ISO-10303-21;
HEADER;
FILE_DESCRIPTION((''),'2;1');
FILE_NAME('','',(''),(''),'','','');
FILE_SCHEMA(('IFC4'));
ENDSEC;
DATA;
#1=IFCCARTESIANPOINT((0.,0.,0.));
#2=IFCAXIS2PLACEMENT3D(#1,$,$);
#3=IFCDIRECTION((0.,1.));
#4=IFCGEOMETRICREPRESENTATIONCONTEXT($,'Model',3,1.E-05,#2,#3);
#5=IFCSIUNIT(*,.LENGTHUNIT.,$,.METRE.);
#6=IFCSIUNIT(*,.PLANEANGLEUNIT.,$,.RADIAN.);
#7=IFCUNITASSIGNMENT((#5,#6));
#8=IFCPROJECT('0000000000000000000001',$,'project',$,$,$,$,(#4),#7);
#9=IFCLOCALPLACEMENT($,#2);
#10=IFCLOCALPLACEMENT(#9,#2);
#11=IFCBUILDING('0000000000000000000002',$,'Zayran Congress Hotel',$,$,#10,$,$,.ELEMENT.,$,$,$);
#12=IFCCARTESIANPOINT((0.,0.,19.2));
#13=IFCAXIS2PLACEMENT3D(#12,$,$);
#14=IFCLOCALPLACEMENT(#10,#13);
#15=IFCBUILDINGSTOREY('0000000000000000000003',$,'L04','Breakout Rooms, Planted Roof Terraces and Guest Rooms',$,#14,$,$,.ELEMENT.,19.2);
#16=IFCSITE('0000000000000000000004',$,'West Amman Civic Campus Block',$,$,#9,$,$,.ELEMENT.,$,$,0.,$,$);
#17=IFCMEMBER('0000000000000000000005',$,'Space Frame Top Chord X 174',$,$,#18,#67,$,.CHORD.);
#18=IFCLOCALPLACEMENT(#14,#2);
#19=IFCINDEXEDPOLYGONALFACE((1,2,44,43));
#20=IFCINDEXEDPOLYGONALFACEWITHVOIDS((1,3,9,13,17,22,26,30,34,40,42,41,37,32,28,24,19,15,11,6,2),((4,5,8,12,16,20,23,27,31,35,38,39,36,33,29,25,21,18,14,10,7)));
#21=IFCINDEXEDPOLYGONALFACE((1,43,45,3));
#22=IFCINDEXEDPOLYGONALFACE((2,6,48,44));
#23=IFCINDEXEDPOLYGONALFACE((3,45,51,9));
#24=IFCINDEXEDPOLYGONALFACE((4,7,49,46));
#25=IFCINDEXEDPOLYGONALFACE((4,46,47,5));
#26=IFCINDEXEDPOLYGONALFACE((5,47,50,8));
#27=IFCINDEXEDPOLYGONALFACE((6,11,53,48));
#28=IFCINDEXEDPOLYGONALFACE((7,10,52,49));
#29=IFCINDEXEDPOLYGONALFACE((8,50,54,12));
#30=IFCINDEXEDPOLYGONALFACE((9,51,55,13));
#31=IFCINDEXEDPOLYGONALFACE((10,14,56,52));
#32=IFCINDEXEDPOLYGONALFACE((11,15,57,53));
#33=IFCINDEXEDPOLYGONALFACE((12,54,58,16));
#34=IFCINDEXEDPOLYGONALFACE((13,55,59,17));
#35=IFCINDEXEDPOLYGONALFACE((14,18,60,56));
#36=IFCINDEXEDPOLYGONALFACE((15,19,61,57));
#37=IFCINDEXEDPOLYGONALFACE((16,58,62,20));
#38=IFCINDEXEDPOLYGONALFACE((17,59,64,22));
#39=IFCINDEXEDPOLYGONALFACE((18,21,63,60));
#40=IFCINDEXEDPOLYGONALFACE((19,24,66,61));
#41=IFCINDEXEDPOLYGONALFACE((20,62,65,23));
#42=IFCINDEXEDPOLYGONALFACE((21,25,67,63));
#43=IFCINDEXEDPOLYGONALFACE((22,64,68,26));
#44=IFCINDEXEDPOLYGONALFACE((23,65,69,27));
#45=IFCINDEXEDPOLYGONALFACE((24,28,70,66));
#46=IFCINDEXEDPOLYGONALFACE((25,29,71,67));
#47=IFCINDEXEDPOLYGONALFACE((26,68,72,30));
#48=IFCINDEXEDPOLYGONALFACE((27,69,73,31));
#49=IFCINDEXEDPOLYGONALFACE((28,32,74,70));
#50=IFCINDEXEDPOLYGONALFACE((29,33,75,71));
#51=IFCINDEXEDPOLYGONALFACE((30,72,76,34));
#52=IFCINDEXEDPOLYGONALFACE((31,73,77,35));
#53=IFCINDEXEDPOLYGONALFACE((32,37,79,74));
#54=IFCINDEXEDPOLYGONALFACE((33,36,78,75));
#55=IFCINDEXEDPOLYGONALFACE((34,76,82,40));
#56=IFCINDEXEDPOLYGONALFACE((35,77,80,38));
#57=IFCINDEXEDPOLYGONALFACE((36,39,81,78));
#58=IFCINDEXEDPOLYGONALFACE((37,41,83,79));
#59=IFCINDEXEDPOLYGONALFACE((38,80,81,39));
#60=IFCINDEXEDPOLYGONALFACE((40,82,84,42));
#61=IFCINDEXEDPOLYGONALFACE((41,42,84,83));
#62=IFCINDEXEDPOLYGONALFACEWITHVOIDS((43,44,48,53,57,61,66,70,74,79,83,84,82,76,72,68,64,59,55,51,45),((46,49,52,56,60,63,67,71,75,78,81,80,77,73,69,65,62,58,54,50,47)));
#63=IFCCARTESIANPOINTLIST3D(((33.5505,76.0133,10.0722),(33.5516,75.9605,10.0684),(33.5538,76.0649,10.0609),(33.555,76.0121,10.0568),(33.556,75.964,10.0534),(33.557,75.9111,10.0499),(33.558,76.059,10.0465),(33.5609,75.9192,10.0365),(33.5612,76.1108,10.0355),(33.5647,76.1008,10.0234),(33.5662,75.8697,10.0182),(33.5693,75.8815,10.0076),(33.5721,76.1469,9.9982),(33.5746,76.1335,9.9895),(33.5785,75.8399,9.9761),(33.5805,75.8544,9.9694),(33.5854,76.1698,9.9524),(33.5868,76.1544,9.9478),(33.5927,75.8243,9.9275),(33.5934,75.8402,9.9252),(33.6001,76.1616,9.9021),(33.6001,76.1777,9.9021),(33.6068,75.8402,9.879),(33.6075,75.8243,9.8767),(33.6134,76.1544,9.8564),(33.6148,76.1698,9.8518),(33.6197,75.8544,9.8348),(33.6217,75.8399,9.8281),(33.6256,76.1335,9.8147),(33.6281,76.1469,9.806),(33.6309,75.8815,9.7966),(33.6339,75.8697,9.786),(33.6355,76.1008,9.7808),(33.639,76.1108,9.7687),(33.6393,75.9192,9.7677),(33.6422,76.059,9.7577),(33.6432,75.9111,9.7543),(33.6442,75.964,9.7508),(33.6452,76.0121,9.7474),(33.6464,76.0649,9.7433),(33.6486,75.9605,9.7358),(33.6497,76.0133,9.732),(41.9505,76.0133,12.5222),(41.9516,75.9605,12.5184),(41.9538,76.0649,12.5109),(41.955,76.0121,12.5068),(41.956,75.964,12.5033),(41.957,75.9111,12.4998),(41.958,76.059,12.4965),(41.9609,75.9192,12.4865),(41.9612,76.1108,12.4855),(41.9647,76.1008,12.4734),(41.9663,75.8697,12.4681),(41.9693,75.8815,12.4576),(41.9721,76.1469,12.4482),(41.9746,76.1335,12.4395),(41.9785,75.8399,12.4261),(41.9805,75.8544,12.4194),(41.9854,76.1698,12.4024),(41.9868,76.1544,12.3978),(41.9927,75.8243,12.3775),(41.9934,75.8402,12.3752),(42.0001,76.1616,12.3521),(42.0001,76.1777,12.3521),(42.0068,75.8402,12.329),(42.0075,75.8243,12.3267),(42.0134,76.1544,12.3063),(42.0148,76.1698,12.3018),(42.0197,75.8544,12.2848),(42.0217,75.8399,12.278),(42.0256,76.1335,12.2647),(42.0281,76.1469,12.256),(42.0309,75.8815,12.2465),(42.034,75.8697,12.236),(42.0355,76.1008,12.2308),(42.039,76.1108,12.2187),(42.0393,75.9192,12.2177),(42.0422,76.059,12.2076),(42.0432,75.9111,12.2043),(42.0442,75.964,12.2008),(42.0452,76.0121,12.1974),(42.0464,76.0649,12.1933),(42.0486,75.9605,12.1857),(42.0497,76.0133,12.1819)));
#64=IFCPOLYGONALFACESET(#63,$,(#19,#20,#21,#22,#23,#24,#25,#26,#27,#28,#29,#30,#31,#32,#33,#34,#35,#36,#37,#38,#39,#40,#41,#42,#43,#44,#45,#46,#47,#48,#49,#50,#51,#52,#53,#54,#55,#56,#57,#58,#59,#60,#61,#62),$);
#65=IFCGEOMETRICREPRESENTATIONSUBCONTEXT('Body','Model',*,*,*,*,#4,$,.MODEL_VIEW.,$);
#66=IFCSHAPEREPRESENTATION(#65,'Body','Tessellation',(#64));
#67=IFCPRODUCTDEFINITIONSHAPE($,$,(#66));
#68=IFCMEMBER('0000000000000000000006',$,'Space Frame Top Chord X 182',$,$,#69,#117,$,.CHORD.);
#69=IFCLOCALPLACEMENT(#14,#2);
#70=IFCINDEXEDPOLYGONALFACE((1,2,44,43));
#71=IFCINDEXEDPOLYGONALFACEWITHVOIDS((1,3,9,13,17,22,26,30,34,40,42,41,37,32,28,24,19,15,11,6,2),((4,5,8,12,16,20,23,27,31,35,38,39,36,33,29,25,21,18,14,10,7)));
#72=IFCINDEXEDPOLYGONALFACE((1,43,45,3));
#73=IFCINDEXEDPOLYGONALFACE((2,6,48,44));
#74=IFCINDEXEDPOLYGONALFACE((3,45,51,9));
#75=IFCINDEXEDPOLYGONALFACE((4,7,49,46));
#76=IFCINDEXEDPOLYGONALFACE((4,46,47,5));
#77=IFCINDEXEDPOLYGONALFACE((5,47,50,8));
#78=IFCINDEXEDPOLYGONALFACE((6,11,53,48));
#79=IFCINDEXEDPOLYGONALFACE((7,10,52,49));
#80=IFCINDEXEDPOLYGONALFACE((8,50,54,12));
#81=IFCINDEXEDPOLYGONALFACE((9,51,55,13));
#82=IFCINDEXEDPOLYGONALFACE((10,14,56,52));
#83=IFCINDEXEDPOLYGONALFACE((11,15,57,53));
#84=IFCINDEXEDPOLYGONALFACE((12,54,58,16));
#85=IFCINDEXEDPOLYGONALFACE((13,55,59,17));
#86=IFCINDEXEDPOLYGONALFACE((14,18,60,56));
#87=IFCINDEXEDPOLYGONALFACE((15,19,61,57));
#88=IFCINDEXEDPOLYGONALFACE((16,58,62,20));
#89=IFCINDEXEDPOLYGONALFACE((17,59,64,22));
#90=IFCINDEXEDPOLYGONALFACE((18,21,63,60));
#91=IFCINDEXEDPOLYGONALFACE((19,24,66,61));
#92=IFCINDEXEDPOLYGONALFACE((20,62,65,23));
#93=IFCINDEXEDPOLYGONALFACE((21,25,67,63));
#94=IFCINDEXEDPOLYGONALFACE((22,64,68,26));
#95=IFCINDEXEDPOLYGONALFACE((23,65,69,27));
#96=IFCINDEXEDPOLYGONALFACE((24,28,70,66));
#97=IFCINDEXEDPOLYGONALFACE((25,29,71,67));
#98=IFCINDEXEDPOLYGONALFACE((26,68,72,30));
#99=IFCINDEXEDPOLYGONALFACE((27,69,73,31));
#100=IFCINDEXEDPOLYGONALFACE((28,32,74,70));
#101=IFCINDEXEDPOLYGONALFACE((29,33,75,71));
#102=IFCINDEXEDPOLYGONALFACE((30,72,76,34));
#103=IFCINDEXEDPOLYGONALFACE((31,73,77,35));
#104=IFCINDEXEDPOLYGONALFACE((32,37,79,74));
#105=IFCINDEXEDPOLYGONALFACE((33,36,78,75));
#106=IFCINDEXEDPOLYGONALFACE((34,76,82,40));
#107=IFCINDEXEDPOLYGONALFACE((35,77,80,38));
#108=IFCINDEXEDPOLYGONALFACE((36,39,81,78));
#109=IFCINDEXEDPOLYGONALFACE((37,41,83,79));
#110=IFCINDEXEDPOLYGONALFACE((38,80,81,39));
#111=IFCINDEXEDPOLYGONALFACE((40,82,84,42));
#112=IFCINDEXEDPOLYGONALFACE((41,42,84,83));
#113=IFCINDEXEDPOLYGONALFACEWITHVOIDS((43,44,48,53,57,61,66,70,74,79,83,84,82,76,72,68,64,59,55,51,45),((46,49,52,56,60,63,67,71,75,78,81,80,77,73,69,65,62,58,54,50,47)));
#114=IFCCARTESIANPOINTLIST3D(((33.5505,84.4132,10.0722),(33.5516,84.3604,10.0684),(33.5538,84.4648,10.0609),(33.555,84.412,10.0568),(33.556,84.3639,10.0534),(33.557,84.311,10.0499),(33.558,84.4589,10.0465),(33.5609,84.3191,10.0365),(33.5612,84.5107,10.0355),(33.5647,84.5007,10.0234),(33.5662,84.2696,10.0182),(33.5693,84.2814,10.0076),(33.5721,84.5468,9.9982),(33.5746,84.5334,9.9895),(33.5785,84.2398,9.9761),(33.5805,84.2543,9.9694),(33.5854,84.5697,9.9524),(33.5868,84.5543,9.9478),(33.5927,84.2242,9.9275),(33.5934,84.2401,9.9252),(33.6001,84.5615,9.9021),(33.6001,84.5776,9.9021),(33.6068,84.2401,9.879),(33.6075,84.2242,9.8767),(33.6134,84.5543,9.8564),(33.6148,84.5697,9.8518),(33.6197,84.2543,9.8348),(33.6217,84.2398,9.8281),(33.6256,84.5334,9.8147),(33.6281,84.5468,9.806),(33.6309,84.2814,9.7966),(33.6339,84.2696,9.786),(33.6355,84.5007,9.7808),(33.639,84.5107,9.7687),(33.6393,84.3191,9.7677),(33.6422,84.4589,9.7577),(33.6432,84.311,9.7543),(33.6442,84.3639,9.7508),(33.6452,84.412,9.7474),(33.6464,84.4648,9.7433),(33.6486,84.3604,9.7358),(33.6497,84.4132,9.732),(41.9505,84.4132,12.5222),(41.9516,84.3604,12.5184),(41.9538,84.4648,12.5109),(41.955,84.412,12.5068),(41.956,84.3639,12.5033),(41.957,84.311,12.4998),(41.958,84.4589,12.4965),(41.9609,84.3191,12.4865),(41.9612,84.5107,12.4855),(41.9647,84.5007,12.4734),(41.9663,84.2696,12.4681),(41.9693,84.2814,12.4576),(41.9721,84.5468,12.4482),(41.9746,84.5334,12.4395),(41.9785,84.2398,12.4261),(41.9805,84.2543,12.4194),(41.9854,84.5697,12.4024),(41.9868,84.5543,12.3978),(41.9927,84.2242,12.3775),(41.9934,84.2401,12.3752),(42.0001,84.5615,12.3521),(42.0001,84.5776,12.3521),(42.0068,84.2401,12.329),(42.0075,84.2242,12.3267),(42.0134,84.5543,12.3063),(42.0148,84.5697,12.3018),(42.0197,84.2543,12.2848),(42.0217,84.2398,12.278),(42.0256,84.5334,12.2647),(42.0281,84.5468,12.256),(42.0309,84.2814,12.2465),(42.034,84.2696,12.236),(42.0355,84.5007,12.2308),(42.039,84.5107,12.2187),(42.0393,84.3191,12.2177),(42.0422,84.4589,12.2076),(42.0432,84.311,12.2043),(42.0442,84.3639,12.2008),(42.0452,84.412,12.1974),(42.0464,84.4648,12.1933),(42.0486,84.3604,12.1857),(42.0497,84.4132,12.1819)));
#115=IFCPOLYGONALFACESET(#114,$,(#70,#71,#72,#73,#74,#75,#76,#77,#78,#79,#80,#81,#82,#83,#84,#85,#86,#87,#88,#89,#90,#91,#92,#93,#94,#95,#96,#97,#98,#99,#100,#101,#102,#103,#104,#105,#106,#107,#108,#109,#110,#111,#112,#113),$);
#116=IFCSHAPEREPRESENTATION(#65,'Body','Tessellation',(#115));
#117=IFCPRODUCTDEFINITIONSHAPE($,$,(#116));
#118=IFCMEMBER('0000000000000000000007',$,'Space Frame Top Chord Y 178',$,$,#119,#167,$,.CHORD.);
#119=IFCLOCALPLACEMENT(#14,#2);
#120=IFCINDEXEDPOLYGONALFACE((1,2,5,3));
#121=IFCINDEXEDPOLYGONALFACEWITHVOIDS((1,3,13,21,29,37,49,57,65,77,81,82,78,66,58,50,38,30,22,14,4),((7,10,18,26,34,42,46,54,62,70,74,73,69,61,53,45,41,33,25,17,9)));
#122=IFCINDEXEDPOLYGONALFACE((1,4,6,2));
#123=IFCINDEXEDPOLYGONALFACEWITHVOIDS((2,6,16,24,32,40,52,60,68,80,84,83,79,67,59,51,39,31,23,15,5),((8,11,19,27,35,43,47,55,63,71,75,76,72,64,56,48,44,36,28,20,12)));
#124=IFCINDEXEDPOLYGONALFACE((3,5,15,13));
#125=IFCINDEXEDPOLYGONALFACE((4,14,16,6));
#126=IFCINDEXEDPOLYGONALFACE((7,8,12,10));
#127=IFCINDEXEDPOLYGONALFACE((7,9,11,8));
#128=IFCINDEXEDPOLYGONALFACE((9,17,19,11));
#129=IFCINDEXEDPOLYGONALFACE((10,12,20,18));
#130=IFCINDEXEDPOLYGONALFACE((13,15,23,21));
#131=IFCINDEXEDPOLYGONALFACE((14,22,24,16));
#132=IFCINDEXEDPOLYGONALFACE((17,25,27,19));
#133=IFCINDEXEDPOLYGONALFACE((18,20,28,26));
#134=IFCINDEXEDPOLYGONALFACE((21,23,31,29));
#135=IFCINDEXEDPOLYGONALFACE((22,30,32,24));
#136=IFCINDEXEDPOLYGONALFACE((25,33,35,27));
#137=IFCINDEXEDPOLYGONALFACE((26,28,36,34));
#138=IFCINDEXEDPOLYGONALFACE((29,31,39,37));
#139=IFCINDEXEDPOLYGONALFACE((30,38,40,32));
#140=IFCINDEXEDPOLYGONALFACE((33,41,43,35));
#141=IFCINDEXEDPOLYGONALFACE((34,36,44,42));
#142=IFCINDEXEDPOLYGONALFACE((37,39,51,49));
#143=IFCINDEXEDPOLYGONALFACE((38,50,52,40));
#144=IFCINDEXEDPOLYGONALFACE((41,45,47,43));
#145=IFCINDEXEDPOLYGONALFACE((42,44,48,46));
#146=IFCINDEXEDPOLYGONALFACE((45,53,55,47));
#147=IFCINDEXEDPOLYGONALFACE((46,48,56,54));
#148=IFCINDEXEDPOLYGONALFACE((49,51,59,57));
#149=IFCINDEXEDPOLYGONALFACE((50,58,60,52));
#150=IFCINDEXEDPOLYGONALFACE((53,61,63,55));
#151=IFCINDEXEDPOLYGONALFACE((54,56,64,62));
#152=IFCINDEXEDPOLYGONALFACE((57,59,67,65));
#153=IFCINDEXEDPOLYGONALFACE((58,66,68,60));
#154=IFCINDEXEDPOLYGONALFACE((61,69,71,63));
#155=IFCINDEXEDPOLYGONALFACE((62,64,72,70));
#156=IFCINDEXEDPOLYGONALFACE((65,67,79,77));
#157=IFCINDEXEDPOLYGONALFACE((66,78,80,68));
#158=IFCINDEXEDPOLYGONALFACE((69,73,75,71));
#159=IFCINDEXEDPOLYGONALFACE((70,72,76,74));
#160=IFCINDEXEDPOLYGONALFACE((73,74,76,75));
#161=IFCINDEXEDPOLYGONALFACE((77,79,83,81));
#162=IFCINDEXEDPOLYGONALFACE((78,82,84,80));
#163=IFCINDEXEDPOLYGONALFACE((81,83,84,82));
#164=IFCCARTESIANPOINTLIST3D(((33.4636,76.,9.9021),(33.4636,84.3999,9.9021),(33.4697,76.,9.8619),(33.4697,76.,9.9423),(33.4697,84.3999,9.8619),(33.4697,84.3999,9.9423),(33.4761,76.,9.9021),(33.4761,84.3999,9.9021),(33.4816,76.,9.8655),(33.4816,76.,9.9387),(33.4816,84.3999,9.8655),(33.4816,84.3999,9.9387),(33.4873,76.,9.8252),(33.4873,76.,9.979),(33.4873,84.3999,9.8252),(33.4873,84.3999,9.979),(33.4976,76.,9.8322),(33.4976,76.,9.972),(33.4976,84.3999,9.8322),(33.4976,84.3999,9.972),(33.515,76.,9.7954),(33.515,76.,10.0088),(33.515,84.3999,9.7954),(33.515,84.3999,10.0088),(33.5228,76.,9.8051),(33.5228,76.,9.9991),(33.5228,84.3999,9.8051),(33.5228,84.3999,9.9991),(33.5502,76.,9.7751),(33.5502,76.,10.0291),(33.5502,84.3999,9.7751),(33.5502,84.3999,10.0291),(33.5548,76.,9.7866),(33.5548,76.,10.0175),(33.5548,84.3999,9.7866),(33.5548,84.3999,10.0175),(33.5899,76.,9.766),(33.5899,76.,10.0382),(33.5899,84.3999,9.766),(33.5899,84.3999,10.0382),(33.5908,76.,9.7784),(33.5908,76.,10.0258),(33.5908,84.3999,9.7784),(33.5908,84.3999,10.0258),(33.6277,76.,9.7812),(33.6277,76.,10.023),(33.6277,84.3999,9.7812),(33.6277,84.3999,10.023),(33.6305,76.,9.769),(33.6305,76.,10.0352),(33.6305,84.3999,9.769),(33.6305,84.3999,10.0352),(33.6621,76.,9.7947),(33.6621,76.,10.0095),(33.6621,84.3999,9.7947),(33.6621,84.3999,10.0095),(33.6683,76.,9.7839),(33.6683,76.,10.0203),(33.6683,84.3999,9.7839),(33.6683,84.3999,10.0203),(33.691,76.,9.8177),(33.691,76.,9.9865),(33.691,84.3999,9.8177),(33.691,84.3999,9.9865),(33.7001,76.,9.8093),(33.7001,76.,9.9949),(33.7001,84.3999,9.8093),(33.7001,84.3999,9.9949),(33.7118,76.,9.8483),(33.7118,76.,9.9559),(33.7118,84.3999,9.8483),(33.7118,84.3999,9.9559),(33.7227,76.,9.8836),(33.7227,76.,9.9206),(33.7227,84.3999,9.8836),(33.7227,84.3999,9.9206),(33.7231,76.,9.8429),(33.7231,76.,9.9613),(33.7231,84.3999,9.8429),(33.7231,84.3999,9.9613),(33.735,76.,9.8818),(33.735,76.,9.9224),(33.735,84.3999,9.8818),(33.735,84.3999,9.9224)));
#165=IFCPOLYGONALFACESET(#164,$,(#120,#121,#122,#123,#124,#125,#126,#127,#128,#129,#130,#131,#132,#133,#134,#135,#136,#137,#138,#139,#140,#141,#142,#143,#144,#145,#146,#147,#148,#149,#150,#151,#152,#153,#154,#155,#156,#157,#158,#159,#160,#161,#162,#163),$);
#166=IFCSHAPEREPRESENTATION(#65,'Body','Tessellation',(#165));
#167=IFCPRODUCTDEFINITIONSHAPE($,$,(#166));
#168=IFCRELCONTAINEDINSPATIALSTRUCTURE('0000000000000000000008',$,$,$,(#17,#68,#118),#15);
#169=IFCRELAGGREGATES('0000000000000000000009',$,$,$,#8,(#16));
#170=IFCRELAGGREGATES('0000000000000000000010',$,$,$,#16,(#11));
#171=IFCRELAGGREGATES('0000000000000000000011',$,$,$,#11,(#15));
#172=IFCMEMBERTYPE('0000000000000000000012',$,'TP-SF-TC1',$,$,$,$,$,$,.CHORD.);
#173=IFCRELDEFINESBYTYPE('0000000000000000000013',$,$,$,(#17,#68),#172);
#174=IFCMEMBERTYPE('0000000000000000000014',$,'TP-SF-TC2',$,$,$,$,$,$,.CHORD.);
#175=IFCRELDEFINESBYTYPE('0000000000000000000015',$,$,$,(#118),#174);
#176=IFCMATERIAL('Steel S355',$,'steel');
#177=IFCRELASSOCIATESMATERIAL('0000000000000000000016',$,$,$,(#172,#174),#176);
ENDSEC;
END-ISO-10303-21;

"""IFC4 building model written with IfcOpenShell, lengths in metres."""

from ifc_helpers import new_model, si_unit, direction, frame, origin, origin_2d, place, context, subcontext, project, spatial, hollow_circle, extrude, material, material_profile, profile_set, type_object, element, save


model = new_model("IFC4")

# Units and contexts
model_context = context("Model", 3, precision=1e-05, world=origin(), true_north=direction((0.0, 1.0)))
body_context = subcontext(model_context, "Body", "Model", "MODEL_VIEW")
ifc_project = project(units=[si_unit("LENGTHUNIT", "METRE"), si_unit("PLANEANGLEUNIT", "RADIAN")], contexts=[model_context])

# Site, building, storey
site_placement = place(None, origin())
site = spatial("IfcSite", under=ifc_project, at=site_placement, Name="West Amman Civic Campus Block", CompositionType="ELEMENT", RefElevation=0.0)
building_placement = place(site_placement, origin())
building = spatial("IfcBuilding", under=site, at=building_placement, Name="Zayran Congress Hotel", CompositionType="ELEMENT")
storey_placement = place(building_placement, frame((0.0, 0.0, 19.2)))
storey = spatial("IfcBuildingStorey", under=building, at=storey_placement, Name="L04", Description="Breakout Rooms, Planted Roof Terraces and Guest Rooms", CompositionType="ELEMENT", Elevation=19.2)

# Members
ifc_material_1 = material(Name="Steel S355", Category="steel")
ifc_material_profile_1 = material_profile(ifc_material_1, hollow_circle(Radius=0.1777, WallThickness=0.0161, at=origin_2d()), Name="CHS 355.6x16")
ifc_profile_set_1 = profile_set([ifc_material_profile_1], Name="Steel S355")
member_type_1 = type_object("IfcMemberType", Name="TP-SF-TC1", PredefinedType="CHORD", material=ifc_profile_set_1)
for number, where, z_axis, x_axis, name in (
    (1, (33.6001, 76.0, 9.9021), (0.960001, 0.0, 0.279998), (0.0, 1.0, 0.0), "Space Frame Top Chord X 174"),
    (2, (33.6001, 84.3999, 9.9021), (0.960001, 0.0, 0.279998), (0.0, 1.0, 0.0), "Space Frame Top Chord X 182"),
):
    element("IfcMember", number, at=place(storey_placement, frame(where, z_axis=z_axis, x_axis=x_axis)), inside=storey, type_object=member_type_1, Name=name, PredefinedType="CHORD", context=body_context, shape_type="SweptSolid", body=[
        extrude(hollow_circle(Radius=0.1777, WallThickness=0.0161, at=origin_2d()), origin(), (0.0, 0.0, 1.0), 8.75),
    ])
ifc_material_profile_2 = material_profile(ifc_material_1, hollow_circle(Radius=0.1365, WallThickness=0.0125, at=origin_2d()), Name="CHS 273x12.5")
ifc_profile_set_2 = profile_set([ifc_material_profile_2], Name="Steel S355")
member_type_2 = type_object("IfcMemberType", Name="TP-SF-TC2", PredefinedType="CHORD", material=ifc_profile_set_2)
member_1_placement = place(storey_placement, frame((33.6001, 76.0, 9.9021), z_axis=(0.0, 1.0, 0.0), x_axis=(-1.0, 0.0, 0.0)))
element("IfcMember", 3, at=member_1_placement, inside=storey, type_object=member_type_2, Name="Space Frame Top Chord Y 178", PredefinedType="CHORD", context=body_context, shape_type="SweptSolid", body=[
    extrude(hollow_circle(Radius=0.1365, WallThickness=0.0125, at=origin_2d()), origin(), (0.0, 0.0, 1.0), 8.3999),
])

save(model, "model.ifc")
